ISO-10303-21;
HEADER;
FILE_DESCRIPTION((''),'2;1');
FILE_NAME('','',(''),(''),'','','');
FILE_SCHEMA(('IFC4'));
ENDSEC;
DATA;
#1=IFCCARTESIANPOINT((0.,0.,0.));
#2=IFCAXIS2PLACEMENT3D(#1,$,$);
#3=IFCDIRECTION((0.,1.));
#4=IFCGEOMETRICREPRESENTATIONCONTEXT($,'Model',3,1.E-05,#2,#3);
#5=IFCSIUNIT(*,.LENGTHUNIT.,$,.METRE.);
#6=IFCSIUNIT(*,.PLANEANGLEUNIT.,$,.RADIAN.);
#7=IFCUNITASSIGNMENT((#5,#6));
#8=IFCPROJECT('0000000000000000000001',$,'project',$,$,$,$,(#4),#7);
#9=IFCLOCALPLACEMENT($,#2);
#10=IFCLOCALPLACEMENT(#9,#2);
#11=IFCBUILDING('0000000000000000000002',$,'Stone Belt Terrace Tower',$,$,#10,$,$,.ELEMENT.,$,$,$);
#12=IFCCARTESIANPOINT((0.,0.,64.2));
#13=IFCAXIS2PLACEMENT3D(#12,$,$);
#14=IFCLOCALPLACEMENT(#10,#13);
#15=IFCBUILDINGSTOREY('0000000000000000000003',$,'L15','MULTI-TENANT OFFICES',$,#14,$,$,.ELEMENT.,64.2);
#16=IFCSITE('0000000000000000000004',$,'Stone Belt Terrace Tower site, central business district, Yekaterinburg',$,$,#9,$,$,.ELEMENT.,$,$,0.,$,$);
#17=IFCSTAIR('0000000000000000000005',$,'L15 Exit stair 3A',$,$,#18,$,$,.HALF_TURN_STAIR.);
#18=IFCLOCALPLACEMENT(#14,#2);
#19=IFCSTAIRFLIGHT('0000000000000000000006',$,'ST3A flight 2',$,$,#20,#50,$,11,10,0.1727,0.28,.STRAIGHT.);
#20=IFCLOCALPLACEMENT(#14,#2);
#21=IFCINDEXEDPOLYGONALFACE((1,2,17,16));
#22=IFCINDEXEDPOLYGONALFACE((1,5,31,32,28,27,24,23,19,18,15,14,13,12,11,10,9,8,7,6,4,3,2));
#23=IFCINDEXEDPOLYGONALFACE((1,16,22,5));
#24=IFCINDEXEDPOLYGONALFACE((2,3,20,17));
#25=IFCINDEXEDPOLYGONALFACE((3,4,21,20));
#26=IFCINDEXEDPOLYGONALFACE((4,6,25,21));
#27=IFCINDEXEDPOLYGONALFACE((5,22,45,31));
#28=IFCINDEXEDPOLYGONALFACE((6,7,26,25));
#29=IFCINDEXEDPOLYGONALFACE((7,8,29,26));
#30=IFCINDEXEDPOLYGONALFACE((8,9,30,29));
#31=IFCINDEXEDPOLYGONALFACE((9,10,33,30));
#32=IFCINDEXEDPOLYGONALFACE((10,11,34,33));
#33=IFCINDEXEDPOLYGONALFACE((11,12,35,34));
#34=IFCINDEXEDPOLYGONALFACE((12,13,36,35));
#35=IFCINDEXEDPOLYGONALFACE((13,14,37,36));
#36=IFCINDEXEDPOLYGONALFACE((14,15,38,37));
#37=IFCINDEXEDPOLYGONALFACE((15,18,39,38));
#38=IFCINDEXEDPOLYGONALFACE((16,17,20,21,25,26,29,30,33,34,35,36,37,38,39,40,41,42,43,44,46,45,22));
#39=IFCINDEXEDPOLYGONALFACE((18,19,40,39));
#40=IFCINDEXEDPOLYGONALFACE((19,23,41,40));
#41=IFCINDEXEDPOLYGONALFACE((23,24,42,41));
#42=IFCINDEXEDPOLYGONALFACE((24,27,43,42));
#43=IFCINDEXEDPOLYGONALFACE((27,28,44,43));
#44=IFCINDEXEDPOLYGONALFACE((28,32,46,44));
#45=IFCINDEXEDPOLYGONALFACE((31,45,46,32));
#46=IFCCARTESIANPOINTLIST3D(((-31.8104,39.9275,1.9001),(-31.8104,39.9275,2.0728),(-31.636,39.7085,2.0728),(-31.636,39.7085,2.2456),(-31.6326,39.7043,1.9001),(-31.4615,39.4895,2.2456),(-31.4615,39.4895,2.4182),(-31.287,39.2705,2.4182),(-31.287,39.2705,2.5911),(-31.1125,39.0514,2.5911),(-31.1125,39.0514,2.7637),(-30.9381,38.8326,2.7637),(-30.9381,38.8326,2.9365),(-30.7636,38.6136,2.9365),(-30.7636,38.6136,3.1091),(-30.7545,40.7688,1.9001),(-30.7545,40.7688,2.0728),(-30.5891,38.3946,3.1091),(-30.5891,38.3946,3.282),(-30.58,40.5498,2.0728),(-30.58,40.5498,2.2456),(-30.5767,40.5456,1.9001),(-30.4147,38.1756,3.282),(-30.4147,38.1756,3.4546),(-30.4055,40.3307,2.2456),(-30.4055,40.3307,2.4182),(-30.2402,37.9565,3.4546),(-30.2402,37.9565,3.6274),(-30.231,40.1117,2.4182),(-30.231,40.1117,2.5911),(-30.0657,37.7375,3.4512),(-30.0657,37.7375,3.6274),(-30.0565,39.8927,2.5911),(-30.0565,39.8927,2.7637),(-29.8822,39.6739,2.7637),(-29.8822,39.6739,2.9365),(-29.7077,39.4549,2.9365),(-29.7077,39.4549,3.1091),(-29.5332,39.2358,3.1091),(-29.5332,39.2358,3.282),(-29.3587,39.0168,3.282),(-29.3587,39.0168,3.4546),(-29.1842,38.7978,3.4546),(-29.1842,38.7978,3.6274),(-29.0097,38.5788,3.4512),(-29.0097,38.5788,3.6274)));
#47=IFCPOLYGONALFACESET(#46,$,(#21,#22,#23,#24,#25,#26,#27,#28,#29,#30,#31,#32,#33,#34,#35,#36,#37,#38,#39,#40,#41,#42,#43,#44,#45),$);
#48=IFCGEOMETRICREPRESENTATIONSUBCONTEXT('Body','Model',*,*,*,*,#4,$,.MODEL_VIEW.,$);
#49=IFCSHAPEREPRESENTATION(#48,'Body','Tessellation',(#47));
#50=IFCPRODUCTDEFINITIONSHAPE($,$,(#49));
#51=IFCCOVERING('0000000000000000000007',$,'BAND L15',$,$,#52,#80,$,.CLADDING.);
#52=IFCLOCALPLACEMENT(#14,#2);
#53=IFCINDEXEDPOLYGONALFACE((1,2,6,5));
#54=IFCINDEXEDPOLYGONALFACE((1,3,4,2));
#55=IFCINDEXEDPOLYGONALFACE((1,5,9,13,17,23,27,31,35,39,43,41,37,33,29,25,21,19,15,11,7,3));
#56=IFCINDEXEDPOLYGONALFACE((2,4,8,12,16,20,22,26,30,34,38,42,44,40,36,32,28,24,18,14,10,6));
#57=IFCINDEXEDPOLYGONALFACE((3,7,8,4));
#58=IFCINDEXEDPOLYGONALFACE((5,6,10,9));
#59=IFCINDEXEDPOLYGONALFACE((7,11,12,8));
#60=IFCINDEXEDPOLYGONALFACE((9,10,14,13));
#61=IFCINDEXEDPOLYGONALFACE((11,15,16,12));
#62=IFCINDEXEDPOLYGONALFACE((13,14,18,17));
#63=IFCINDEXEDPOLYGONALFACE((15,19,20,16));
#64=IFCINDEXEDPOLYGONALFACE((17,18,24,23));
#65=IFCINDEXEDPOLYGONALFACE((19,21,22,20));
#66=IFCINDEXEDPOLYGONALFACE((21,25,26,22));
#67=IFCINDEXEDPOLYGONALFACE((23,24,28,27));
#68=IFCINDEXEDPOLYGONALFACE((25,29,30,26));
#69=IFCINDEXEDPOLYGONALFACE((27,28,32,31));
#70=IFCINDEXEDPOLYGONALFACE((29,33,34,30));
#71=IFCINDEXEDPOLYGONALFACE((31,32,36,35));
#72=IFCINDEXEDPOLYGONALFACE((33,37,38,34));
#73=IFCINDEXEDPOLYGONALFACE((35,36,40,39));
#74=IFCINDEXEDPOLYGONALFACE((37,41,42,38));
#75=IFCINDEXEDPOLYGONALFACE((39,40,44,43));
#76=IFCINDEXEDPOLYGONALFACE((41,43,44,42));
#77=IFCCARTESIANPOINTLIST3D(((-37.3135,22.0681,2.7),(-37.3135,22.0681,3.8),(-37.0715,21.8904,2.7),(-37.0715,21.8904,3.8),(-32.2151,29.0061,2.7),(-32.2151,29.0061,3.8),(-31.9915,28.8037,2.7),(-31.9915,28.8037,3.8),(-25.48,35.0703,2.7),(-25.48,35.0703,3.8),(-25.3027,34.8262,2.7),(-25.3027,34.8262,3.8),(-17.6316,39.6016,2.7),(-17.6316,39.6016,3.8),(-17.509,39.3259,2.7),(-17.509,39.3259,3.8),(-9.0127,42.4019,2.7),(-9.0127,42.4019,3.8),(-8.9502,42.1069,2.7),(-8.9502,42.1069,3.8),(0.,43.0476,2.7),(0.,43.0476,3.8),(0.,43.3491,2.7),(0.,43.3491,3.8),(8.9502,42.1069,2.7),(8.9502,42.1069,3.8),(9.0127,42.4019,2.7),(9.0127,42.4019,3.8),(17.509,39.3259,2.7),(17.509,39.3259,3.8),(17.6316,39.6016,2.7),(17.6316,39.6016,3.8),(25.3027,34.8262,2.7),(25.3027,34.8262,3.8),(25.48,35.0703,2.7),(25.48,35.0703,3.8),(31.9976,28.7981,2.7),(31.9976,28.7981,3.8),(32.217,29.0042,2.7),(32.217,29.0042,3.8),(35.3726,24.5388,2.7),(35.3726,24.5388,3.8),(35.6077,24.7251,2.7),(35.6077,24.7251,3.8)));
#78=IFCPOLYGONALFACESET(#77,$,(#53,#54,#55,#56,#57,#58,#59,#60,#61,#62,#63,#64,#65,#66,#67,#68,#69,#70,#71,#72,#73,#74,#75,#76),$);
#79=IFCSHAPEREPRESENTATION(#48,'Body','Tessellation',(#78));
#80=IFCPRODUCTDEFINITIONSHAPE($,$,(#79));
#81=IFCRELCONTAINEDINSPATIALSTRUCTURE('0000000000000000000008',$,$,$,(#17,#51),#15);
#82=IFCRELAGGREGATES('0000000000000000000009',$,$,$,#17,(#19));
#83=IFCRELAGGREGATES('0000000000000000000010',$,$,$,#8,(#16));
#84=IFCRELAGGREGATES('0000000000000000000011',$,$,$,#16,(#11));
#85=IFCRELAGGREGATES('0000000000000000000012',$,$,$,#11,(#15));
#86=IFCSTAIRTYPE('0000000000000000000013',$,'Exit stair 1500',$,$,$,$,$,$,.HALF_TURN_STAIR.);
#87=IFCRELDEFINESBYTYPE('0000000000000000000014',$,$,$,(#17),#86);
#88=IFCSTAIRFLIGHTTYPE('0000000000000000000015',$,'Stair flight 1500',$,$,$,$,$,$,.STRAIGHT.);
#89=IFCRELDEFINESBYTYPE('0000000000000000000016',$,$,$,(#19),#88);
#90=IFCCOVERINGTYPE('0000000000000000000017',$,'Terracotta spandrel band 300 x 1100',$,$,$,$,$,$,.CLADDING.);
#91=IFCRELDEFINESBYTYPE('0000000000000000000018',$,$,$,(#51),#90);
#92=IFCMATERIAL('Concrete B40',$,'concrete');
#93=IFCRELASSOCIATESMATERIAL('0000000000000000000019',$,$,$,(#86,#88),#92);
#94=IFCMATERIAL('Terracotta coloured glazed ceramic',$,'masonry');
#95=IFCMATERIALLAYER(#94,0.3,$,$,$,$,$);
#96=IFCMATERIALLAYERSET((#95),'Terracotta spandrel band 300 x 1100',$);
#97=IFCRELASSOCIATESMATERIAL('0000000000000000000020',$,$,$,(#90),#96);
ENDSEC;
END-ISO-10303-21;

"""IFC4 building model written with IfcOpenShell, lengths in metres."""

from ifc_helpers import new_model, si_unit, direction, frame, origin, place, context, subcontext, project, spatial, polyline, outline, extrude, material, layer, layer_set, type_object, element, aggregate, save


model = new_model("IFC4")

# Units and contexts
model_context = context("Model", 3, precision=1e-05, world=origin(), true_north=direction((0.0, 1.0)))
body_context = subcontext(model_context, "Body", "Model", "MODEL_VIEW")
ifc_project = project(units=[si_unit("LENGTHUNIT", "METRE"), si_unit("PLANEANGLEUNIT", "RADIAN")], contexts=[model_context])

# Site, building, storey
site_placement = place(None, origin())
site = spatial("IfcSite", under=ifc_project, at=site_placement, Name="Stone Belt Terrace Tower site, central business district, Yekaterinburg", CompositionType="ELEMENT", RefElevation=0.0)
building_placement = place(site_placement, origin())
building = spatial("IfcBuilding", under=site, at=building_placement, Name="Stone Belt Terrace Tower", CompositionType="ELEMENT")
storey_placement = place(building_placement, frame((0.0, 0.0, 64.2)))
storey = spatial("IfcBuildingStorey", under=building, at=storey_placement, Name="L15", Description="MULTI-TENANT OFFICES", CompositionType="ELEMENT", Elevation=64.2)

# Shared definitions
ifc_material_1 = material(Name="Concrete B40", Category="concrete")

# Stair, stair flight
stair_type = type_object("IfcStairType", Name="Exit stair 1500", PredefinedType="HALF_TURN_STAIR", material=ifc_material_1)
stair_placement = place(storey_placement, origin())
stair = element("IfcStair", 1, at=stair_placement, inside=storey, type_object=stair_type, Name="L15 Exit stair 3A", PredefinedType="HALF_TURN_STAIR")
stair_flight_type = type_object("IfcStairFlightType", Name="Stair flight 1500", PredefinedType="STRAIGHT", material=ifc_material_1)
stair_flight_1_placement = place(storey_placement, frame((-31.2825, 40.3481, 1.9001), z_axis=(0.0, 0.0, 1.0), x_axis=(0.623121, -0.782125, 0.0)))
stair_flight_1 = element("IfcStairFlight", 2, at=stair_flight_1_placement, type_object=stair_flight_type, Name="ST3A flight 2", NumberOfRisers=11, NumberOfTreads=10, PredefinedType="STRAIGHT", RiserHeight=0.1727, TreadLength=0.28, context=body_context, shape_type="SweptSolid", body=[
    extrude(outline(polyline([(0.0, 0.0), (0.0, 0.1726), (0.28, 0.1726), (0.28, 0.3455), (0.5601, 0.3455), (0.5601, 0.5181), (0.8401, 0.5181), (0.8401, 0.6909), (1.1201, 0.6909), (1.1201, 0.8635), (1.3999, 0.8635), (1.3999, 1.0364), (1.6799, 1.0364), (1.6799, 1.209), (1.96, 1.209), (1.96, 1.3818), (2.24, 1.3818), (2.24, 1.5544), (2.52, 1.5544), (2.52, 1.7273), (2.8, 1.7273), (2.8, 1.8999), (2.8, 1.551), (0.2854, 0.0), (0.0, 0.0)])), frame((0.0, 0.675, 0.0), z_axis=(0.0, -1.0, 0.0), x_axis=(1.0, 0.0, 0.0)), (0.0, 0.0, 1.0), 1.3501),
])
aggregate(stair, [stair_flight_1])

# Covering
ifc_material_2 = material(Name="Terracotta coloured glazed ceramic", Category="masonry")
ifc_layer_1 = layer(ifc_material_2, 0.3)
ifc_layer_set_1 = layer_set([ifc_layer_1], Name="Terracotta spandrel band 300 x 1100")
covering_type = type_object("IfcCoveringType", Name="Terracotta spandrel band 300 x 1100", PredefinedType="CLADDING", material=ifc_layer_set_1)
covering_placement = place(storey_placement, frame((0.0, 0.0, 2.7)))
element("IfcCovering", 3, at=covering_placement, inside=storey, type_object=covering_type, Name="BAND L15", PredefinedType="CLADDING", context=body_context, shape_type="SweptSolid", body=[
    extrude(outline(polyline([(-37.3135, 22.0681), (-32.2151, 29.0061), (-25.48, 35.0703), (-17.6316, 39.6016), (-9.0127, 42.4019), (0.0, 43.3491), (9.0127, 42.4019), (17.6316, 39.6016), (25.48, 35.0703), (32.217, 29.0042), (35.6077, 24.7251), (35.3726, 24.5388), (31.9976, 28.7981), (25.3027, 34.8262), (17.509, 39.3259), (8.9502, 42.1069), (0.0, 43.0476), (-8.9502, 42.1069), (-17.509, 39.3259), (-25.3027, 34.8262), (-31.9915, 28.8037), (-37.0715, 21.8904), (-37.3135, 22.0681)])), origin(), (0.0, 0.0, 1.0), 1.1001),
])

save(model, "model.ifc")
